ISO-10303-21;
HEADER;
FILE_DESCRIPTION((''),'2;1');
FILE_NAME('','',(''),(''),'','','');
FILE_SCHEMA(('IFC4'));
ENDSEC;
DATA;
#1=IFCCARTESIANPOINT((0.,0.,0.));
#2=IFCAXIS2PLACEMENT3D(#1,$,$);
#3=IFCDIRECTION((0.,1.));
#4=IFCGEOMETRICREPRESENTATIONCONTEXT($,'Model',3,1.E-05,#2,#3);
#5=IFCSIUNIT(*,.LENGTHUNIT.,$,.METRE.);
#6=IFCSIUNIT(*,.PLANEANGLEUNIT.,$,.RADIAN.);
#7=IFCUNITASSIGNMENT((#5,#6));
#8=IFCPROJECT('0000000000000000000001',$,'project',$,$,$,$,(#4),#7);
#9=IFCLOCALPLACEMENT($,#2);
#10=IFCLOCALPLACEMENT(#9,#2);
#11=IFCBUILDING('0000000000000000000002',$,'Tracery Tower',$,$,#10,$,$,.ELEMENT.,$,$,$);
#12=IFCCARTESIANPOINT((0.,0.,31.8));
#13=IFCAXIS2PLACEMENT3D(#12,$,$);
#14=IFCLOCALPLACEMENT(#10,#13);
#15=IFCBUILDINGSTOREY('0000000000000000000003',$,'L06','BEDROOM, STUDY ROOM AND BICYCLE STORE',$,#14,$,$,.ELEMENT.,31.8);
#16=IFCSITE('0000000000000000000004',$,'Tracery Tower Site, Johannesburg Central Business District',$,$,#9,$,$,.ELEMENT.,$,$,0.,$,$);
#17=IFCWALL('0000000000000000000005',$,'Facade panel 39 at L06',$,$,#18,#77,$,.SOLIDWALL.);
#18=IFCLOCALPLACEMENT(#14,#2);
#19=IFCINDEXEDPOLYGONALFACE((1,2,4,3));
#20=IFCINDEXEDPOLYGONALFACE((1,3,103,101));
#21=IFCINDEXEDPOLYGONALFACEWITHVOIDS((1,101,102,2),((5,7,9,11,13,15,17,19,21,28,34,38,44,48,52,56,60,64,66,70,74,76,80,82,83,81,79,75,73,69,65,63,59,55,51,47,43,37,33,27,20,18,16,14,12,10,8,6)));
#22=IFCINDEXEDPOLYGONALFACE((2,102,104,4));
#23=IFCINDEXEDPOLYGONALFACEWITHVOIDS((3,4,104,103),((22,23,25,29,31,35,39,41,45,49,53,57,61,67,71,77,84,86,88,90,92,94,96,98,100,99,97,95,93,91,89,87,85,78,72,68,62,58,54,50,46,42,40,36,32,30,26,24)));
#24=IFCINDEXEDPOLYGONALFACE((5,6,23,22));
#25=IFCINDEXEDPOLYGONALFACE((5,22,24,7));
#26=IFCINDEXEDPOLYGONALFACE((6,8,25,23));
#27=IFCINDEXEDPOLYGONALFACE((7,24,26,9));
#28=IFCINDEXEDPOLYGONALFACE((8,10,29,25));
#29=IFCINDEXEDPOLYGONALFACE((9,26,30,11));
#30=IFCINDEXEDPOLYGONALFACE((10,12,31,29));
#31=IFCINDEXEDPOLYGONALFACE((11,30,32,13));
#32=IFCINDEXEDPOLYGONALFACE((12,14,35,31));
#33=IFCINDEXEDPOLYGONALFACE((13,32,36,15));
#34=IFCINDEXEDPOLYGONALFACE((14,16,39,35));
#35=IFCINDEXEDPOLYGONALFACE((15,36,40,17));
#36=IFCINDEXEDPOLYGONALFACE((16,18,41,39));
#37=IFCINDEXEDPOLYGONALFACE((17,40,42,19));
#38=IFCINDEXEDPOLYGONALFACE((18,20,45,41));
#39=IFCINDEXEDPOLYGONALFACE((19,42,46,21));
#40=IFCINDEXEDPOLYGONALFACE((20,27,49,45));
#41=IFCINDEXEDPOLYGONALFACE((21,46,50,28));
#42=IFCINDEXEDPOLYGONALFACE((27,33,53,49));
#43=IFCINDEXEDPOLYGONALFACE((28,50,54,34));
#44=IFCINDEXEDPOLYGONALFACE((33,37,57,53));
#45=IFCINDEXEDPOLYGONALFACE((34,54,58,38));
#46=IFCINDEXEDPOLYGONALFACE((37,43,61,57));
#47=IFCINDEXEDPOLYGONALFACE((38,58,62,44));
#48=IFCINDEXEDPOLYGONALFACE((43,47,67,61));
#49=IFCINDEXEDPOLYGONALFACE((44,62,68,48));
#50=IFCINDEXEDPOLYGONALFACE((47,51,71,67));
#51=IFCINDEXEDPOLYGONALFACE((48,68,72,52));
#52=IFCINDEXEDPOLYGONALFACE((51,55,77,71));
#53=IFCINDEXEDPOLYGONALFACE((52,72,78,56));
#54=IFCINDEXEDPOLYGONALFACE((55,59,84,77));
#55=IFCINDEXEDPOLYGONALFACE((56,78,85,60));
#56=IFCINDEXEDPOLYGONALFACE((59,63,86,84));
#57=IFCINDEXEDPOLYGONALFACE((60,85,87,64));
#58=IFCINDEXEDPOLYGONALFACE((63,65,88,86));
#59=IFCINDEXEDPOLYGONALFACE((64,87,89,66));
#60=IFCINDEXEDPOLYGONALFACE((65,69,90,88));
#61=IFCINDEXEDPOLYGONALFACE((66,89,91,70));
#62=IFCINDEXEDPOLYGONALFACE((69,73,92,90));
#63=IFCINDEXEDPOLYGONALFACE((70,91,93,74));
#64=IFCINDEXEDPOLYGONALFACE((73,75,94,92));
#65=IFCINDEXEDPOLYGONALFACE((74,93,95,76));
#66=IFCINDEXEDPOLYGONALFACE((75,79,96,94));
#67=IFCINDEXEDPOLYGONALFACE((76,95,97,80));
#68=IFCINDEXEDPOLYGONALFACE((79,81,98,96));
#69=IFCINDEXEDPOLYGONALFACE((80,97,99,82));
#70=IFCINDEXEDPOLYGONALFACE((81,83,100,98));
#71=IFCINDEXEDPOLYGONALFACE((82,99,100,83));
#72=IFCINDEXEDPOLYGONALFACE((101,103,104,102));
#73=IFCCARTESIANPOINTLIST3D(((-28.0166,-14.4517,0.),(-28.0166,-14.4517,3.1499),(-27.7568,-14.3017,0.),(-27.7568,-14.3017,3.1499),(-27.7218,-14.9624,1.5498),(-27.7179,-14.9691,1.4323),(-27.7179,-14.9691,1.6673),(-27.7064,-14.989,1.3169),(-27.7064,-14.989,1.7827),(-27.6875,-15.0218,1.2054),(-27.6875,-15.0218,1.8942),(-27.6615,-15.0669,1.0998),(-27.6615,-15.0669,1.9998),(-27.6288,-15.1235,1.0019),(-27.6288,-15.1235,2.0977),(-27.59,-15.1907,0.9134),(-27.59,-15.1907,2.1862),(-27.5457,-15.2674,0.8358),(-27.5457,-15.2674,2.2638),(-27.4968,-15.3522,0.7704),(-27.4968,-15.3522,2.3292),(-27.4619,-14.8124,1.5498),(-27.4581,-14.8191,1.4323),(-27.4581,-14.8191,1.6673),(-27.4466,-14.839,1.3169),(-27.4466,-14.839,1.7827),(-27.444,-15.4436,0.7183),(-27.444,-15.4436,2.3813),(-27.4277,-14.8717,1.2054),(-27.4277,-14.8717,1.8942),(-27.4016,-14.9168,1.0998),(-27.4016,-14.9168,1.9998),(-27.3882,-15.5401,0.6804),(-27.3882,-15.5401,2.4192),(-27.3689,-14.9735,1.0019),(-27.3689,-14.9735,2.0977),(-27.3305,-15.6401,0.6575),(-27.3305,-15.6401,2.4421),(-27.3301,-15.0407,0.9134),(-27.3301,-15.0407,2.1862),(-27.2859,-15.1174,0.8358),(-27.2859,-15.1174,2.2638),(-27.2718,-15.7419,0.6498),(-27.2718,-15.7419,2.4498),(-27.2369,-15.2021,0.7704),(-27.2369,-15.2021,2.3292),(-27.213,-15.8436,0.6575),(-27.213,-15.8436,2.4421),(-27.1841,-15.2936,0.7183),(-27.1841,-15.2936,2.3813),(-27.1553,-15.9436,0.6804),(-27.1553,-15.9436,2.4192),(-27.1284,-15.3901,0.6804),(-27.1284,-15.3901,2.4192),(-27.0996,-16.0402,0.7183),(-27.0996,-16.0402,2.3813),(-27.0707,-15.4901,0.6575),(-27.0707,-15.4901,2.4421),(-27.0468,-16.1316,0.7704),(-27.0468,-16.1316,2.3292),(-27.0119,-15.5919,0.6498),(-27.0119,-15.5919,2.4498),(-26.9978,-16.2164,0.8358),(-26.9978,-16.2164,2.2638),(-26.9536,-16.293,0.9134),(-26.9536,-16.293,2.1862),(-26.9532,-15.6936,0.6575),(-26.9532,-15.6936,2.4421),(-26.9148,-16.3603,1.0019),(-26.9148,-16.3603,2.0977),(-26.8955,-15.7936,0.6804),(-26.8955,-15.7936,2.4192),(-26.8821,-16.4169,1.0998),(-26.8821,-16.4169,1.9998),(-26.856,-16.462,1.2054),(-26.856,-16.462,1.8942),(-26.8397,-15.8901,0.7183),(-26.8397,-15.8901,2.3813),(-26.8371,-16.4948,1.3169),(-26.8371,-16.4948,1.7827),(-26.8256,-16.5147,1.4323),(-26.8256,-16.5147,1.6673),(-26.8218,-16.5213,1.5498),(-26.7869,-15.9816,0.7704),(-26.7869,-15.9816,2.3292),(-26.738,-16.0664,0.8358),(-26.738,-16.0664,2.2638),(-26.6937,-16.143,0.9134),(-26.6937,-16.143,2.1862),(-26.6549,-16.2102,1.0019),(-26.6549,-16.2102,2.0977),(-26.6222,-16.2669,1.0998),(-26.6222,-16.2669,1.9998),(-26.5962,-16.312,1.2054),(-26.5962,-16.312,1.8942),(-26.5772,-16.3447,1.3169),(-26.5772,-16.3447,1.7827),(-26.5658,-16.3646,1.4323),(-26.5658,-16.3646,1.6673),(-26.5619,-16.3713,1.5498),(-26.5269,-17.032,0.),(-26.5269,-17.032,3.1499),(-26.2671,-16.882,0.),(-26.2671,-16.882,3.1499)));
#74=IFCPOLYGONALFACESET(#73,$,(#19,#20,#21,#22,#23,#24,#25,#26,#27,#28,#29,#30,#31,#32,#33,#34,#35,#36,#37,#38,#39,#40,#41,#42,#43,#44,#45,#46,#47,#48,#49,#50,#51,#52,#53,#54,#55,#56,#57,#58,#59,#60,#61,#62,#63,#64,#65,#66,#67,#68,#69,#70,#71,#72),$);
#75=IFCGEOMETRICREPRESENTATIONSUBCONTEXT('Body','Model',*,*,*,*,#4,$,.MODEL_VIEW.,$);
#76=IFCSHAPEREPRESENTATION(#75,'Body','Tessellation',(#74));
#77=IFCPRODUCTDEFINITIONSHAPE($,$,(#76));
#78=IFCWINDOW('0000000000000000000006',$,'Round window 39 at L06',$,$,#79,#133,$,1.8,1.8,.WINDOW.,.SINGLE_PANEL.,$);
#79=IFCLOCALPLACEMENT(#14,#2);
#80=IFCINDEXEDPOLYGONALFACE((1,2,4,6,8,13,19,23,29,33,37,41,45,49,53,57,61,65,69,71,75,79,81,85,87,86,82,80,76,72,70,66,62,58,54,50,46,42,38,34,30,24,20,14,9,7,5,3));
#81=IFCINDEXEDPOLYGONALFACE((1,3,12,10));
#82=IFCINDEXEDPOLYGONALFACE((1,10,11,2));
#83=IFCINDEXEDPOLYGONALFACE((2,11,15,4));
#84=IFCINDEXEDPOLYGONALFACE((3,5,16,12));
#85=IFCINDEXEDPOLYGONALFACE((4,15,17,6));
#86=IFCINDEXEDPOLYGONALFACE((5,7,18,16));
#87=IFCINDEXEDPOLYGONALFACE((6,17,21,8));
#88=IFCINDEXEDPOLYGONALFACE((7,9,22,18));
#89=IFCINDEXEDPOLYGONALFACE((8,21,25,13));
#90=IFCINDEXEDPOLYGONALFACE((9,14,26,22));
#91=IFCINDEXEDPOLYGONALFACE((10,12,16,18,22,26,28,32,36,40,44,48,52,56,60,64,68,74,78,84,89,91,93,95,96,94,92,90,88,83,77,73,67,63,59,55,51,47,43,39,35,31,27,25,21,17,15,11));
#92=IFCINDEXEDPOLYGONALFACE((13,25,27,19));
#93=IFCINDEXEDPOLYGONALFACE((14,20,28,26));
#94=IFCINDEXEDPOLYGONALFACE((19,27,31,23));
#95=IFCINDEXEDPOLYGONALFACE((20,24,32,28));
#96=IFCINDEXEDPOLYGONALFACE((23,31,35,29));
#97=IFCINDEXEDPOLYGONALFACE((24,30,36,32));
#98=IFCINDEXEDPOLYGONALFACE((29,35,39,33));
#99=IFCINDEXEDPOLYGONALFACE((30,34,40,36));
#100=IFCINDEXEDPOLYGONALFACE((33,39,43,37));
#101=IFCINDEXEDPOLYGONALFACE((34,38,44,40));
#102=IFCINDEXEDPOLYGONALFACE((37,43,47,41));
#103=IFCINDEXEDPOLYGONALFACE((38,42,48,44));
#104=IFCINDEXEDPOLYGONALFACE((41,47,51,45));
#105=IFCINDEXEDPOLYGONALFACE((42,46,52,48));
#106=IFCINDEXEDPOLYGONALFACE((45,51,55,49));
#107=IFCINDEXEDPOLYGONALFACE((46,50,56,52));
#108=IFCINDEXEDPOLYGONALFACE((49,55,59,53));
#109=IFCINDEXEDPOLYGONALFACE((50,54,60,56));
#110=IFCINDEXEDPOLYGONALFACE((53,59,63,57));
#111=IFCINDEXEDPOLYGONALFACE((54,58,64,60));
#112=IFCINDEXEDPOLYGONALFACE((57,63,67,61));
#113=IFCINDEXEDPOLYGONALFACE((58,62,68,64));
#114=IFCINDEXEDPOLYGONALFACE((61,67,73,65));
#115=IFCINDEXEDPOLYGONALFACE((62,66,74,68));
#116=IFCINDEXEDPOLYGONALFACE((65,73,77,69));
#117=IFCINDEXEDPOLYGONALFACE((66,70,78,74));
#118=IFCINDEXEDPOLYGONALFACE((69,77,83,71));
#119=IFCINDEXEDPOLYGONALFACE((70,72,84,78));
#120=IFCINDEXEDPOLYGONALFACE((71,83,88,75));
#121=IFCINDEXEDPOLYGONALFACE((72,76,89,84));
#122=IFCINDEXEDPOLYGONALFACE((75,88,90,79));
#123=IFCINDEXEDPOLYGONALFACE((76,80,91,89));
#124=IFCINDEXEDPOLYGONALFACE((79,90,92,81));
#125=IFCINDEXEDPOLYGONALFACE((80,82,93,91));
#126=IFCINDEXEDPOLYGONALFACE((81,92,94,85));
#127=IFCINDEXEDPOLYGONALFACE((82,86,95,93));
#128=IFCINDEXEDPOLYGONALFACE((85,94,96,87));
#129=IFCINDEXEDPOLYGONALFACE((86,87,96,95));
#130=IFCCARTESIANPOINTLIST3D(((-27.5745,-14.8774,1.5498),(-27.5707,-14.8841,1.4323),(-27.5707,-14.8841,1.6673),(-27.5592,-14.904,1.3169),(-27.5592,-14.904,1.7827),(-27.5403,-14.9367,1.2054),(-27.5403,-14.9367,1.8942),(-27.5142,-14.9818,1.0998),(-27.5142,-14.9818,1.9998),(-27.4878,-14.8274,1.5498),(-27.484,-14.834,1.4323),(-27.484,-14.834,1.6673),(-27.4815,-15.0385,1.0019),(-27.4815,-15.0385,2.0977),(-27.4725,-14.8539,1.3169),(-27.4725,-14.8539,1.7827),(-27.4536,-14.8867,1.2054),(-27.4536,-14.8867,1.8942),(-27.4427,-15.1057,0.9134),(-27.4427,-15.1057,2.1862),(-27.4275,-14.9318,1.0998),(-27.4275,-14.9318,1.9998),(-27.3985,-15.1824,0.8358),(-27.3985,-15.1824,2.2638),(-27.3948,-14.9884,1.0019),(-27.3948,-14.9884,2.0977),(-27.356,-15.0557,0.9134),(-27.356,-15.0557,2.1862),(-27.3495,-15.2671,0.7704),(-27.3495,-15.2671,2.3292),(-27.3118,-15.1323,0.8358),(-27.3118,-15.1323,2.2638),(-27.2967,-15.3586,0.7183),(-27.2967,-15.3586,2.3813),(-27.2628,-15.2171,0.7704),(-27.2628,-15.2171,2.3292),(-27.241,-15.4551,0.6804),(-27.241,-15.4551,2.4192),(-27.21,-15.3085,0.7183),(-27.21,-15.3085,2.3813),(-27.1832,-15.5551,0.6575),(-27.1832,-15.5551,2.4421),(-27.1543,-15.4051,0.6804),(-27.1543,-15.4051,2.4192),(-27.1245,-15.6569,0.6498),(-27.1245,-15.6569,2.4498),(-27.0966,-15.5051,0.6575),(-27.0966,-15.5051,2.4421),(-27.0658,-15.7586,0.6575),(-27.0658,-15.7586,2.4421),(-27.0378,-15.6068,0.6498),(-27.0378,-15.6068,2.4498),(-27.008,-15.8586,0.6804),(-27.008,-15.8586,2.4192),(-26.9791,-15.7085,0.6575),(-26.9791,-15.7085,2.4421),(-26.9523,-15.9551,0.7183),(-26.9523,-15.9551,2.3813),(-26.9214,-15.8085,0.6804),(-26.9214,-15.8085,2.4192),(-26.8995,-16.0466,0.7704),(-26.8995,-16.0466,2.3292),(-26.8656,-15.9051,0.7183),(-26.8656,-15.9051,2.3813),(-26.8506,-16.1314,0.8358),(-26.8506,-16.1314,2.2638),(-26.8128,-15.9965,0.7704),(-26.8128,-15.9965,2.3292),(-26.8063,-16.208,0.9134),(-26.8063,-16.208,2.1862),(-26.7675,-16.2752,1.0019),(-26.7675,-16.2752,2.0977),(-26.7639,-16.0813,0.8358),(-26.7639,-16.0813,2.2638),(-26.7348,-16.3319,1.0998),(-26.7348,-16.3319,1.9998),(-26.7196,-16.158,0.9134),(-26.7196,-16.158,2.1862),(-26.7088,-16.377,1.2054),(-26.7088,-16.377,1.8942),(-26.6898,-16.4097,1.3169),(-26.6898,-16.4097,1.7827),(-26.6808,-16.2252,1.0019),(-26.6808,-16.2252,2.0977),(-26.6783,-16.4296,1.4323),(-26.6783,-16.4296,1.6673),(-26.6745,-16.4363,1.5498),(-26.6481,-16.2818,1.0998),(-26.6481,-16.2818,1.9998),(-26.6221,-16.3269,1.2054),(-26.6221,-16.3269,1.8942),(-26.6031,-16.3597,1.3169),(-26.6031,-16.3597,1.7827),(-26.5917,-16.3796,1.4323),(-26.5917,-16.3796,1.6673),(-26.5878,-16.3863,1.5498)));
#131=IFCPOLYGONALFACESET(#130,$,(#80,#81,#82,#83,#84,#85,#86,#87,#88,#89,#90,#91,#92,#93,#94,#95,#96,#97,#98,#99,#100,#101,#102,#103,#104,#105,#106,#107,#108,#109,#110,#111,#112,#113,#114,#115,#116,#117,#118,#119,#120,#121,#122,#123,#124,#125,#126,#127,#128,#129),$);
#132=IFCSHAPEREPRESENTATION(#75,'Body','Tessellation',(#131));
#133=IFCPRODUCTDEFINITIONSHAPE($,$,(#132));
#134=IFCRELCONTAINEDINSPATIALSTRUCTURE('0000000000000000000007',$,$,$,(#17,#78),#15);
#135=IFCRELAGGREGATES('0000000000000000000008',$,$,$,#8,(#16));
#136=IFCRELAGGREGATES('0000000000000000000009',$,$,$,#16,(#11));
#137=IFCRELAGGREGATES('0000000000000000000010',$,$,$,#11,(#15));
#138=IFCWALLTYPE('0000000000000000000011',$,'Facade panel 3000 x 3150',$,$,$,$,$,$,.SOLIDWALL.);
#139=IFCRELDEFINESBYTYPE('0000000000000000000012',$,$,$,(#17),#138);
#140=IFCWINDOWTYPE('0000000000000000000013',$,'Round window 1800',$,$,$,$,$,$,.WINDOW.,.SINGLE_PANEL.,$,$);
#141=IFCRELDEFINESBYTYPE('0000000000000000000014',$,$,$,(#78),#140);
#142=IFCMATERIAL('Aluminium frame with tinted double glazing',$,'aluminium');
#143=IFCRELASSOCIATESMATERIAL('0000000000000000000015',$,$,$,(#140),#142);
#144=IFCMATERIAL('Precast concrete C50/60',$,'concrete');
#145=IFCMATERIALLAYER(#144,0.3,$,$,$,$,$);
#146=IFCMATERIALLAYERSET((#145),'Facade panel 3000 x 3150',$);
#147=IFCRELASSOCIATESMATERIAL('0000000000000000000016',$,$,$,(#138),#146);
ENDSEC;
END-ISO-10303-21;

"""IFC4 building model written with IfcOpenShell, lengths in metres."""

from ifc_helpers import new_model, si_unit, direction, frame, frame_2d, origin, origin_2d, place, context, subcontext, project, spatial, rectangle, circle, extrude, material, layer, layer_set, type_object, element, fill, save


model = new_model("IFC4")

# Units and contexts
model_context = context("Model", 3, precision=1e-05, world=origin(), true_north=direction((0.0, 1.0)))
body_context = subcontext(model_context, "Body", "Model", "MODEL_VIEW")
ifc_project = project(units=[si_unit("LENGTHUNIT", "METRE"), si_unit("PLANEANGLEUNIT", "RADIAN")], contexts=[model_context])

# Site, building, storey
site_placement = place(None, origin())
site = spatial("IfcSite", under=ifc_project, at=site_placement, Name="Tracery Tower Site, Johannesburg Central Business District", CompositionType="ELEMENT", RefElevation=0.0)
building_placement = place(site_placement, origin())
building = spatial("IfcBuilding", under=site, at=building_placement, Name="Tracery Tower", CompositionType="ELEMENT")
storey_placement = place(building_placement, frame((0.0, 0.0, 31.8)))
storey = spatial("IfcBuildingStorey", under=building, at=storey_placement, Name="L06", Description="BEDROOM, STUDY ROOM AND BICYCLE STORE", CompositionType="ELEMENT", Elevation=31.8)

# Wall, opening, window
ifc_material_1 = material(Name="Aluminium frame with tinted double glazing", Category="aluminium")
window_type = type_object("IfcWindowType", Name="Round window 1800", PartitioningType="SINGLE_PANEL", PredefinedType="WINDOW", material=ifc_material_1)
ifc_material_2 = material(Name="Precast concrete C50/60", Category="concrete")
ifc_layer_1 = layer(ifc_material_2, 0.3)
ifc_layer_set_1 = layer_set([ifc_layer_1], Name="Facade panel 3000 x 3150")
wall_type_1 = type_object("IfcWallType", Name="Facade panel 3000 x 3150", PredefinedType="SOLIDWALL", material=ifc_layer_set_1)
wall_1_placement = place(storey_placement, frame((-27.8867, -14.3767, 0.0), z_axis=(0.0, 0.0, 1.0), x_axis=(0.499999, -0.866026, 0.0)))
wall_1 = element("IfcWall", 1, at=wall_1_placement, inside=storey, type_object=wall_type_1, Name="Facade panel 39 at L06", PredefinedType="SOLIDWALL", context=body_context, shape_type="SweptSolid", body=[
    extrude(rectangle(XDim=2.9795, YDim=0.3, at=frame_2d((1.4897, 0.0))), origin(), (0.0, 0.0, 1.0), 3.1499),
])
opening_1_placement = place(wall_1_placement, frame((1.4897, 0.0, 1.5498)))
opening_1 = element("IfcOpeningElement", 2, at=opening_1_placement, cuts=wall_1, PredefinedType="OPENING", context=body_context, shape_type="SweptSolid", body=[
    extrude(circle(Radius=0.9, at=origin_2d()), frame((0.0, 0.1599, 0.0), z_axis=(0.0, -1.0, 0.0), x_axis=(1.0, 0.0, 0.0)), (0.0, 0.0, 1.0), 0.3201),
])
window_1_placement = place(opening_1_placement, origin())
window_1 = element("IfcWindow", 3, at=window_1_placement, inside=storey, type_object=window_type, Name="Round window 39 at L06", OverallHeight=1.8, OverallWidth=1.8, PartitioningType="SINGLE_PANEL", PredefinedType="WINDOW", context=body_context, shape_type="SweptSolid", body=[
    extrude(circle(Radius=0.9, at=origin_2d()), frame((0.0, 0.1201, 0.0), z_axis=(0.0, -1.0, 0.0), x_axis=(1.0, 0.0, 0.0)), (0.0, 0.0, 1.0), 0.1001),
])
fill(opening_1, window_1)

save(model, "model.ifc")
